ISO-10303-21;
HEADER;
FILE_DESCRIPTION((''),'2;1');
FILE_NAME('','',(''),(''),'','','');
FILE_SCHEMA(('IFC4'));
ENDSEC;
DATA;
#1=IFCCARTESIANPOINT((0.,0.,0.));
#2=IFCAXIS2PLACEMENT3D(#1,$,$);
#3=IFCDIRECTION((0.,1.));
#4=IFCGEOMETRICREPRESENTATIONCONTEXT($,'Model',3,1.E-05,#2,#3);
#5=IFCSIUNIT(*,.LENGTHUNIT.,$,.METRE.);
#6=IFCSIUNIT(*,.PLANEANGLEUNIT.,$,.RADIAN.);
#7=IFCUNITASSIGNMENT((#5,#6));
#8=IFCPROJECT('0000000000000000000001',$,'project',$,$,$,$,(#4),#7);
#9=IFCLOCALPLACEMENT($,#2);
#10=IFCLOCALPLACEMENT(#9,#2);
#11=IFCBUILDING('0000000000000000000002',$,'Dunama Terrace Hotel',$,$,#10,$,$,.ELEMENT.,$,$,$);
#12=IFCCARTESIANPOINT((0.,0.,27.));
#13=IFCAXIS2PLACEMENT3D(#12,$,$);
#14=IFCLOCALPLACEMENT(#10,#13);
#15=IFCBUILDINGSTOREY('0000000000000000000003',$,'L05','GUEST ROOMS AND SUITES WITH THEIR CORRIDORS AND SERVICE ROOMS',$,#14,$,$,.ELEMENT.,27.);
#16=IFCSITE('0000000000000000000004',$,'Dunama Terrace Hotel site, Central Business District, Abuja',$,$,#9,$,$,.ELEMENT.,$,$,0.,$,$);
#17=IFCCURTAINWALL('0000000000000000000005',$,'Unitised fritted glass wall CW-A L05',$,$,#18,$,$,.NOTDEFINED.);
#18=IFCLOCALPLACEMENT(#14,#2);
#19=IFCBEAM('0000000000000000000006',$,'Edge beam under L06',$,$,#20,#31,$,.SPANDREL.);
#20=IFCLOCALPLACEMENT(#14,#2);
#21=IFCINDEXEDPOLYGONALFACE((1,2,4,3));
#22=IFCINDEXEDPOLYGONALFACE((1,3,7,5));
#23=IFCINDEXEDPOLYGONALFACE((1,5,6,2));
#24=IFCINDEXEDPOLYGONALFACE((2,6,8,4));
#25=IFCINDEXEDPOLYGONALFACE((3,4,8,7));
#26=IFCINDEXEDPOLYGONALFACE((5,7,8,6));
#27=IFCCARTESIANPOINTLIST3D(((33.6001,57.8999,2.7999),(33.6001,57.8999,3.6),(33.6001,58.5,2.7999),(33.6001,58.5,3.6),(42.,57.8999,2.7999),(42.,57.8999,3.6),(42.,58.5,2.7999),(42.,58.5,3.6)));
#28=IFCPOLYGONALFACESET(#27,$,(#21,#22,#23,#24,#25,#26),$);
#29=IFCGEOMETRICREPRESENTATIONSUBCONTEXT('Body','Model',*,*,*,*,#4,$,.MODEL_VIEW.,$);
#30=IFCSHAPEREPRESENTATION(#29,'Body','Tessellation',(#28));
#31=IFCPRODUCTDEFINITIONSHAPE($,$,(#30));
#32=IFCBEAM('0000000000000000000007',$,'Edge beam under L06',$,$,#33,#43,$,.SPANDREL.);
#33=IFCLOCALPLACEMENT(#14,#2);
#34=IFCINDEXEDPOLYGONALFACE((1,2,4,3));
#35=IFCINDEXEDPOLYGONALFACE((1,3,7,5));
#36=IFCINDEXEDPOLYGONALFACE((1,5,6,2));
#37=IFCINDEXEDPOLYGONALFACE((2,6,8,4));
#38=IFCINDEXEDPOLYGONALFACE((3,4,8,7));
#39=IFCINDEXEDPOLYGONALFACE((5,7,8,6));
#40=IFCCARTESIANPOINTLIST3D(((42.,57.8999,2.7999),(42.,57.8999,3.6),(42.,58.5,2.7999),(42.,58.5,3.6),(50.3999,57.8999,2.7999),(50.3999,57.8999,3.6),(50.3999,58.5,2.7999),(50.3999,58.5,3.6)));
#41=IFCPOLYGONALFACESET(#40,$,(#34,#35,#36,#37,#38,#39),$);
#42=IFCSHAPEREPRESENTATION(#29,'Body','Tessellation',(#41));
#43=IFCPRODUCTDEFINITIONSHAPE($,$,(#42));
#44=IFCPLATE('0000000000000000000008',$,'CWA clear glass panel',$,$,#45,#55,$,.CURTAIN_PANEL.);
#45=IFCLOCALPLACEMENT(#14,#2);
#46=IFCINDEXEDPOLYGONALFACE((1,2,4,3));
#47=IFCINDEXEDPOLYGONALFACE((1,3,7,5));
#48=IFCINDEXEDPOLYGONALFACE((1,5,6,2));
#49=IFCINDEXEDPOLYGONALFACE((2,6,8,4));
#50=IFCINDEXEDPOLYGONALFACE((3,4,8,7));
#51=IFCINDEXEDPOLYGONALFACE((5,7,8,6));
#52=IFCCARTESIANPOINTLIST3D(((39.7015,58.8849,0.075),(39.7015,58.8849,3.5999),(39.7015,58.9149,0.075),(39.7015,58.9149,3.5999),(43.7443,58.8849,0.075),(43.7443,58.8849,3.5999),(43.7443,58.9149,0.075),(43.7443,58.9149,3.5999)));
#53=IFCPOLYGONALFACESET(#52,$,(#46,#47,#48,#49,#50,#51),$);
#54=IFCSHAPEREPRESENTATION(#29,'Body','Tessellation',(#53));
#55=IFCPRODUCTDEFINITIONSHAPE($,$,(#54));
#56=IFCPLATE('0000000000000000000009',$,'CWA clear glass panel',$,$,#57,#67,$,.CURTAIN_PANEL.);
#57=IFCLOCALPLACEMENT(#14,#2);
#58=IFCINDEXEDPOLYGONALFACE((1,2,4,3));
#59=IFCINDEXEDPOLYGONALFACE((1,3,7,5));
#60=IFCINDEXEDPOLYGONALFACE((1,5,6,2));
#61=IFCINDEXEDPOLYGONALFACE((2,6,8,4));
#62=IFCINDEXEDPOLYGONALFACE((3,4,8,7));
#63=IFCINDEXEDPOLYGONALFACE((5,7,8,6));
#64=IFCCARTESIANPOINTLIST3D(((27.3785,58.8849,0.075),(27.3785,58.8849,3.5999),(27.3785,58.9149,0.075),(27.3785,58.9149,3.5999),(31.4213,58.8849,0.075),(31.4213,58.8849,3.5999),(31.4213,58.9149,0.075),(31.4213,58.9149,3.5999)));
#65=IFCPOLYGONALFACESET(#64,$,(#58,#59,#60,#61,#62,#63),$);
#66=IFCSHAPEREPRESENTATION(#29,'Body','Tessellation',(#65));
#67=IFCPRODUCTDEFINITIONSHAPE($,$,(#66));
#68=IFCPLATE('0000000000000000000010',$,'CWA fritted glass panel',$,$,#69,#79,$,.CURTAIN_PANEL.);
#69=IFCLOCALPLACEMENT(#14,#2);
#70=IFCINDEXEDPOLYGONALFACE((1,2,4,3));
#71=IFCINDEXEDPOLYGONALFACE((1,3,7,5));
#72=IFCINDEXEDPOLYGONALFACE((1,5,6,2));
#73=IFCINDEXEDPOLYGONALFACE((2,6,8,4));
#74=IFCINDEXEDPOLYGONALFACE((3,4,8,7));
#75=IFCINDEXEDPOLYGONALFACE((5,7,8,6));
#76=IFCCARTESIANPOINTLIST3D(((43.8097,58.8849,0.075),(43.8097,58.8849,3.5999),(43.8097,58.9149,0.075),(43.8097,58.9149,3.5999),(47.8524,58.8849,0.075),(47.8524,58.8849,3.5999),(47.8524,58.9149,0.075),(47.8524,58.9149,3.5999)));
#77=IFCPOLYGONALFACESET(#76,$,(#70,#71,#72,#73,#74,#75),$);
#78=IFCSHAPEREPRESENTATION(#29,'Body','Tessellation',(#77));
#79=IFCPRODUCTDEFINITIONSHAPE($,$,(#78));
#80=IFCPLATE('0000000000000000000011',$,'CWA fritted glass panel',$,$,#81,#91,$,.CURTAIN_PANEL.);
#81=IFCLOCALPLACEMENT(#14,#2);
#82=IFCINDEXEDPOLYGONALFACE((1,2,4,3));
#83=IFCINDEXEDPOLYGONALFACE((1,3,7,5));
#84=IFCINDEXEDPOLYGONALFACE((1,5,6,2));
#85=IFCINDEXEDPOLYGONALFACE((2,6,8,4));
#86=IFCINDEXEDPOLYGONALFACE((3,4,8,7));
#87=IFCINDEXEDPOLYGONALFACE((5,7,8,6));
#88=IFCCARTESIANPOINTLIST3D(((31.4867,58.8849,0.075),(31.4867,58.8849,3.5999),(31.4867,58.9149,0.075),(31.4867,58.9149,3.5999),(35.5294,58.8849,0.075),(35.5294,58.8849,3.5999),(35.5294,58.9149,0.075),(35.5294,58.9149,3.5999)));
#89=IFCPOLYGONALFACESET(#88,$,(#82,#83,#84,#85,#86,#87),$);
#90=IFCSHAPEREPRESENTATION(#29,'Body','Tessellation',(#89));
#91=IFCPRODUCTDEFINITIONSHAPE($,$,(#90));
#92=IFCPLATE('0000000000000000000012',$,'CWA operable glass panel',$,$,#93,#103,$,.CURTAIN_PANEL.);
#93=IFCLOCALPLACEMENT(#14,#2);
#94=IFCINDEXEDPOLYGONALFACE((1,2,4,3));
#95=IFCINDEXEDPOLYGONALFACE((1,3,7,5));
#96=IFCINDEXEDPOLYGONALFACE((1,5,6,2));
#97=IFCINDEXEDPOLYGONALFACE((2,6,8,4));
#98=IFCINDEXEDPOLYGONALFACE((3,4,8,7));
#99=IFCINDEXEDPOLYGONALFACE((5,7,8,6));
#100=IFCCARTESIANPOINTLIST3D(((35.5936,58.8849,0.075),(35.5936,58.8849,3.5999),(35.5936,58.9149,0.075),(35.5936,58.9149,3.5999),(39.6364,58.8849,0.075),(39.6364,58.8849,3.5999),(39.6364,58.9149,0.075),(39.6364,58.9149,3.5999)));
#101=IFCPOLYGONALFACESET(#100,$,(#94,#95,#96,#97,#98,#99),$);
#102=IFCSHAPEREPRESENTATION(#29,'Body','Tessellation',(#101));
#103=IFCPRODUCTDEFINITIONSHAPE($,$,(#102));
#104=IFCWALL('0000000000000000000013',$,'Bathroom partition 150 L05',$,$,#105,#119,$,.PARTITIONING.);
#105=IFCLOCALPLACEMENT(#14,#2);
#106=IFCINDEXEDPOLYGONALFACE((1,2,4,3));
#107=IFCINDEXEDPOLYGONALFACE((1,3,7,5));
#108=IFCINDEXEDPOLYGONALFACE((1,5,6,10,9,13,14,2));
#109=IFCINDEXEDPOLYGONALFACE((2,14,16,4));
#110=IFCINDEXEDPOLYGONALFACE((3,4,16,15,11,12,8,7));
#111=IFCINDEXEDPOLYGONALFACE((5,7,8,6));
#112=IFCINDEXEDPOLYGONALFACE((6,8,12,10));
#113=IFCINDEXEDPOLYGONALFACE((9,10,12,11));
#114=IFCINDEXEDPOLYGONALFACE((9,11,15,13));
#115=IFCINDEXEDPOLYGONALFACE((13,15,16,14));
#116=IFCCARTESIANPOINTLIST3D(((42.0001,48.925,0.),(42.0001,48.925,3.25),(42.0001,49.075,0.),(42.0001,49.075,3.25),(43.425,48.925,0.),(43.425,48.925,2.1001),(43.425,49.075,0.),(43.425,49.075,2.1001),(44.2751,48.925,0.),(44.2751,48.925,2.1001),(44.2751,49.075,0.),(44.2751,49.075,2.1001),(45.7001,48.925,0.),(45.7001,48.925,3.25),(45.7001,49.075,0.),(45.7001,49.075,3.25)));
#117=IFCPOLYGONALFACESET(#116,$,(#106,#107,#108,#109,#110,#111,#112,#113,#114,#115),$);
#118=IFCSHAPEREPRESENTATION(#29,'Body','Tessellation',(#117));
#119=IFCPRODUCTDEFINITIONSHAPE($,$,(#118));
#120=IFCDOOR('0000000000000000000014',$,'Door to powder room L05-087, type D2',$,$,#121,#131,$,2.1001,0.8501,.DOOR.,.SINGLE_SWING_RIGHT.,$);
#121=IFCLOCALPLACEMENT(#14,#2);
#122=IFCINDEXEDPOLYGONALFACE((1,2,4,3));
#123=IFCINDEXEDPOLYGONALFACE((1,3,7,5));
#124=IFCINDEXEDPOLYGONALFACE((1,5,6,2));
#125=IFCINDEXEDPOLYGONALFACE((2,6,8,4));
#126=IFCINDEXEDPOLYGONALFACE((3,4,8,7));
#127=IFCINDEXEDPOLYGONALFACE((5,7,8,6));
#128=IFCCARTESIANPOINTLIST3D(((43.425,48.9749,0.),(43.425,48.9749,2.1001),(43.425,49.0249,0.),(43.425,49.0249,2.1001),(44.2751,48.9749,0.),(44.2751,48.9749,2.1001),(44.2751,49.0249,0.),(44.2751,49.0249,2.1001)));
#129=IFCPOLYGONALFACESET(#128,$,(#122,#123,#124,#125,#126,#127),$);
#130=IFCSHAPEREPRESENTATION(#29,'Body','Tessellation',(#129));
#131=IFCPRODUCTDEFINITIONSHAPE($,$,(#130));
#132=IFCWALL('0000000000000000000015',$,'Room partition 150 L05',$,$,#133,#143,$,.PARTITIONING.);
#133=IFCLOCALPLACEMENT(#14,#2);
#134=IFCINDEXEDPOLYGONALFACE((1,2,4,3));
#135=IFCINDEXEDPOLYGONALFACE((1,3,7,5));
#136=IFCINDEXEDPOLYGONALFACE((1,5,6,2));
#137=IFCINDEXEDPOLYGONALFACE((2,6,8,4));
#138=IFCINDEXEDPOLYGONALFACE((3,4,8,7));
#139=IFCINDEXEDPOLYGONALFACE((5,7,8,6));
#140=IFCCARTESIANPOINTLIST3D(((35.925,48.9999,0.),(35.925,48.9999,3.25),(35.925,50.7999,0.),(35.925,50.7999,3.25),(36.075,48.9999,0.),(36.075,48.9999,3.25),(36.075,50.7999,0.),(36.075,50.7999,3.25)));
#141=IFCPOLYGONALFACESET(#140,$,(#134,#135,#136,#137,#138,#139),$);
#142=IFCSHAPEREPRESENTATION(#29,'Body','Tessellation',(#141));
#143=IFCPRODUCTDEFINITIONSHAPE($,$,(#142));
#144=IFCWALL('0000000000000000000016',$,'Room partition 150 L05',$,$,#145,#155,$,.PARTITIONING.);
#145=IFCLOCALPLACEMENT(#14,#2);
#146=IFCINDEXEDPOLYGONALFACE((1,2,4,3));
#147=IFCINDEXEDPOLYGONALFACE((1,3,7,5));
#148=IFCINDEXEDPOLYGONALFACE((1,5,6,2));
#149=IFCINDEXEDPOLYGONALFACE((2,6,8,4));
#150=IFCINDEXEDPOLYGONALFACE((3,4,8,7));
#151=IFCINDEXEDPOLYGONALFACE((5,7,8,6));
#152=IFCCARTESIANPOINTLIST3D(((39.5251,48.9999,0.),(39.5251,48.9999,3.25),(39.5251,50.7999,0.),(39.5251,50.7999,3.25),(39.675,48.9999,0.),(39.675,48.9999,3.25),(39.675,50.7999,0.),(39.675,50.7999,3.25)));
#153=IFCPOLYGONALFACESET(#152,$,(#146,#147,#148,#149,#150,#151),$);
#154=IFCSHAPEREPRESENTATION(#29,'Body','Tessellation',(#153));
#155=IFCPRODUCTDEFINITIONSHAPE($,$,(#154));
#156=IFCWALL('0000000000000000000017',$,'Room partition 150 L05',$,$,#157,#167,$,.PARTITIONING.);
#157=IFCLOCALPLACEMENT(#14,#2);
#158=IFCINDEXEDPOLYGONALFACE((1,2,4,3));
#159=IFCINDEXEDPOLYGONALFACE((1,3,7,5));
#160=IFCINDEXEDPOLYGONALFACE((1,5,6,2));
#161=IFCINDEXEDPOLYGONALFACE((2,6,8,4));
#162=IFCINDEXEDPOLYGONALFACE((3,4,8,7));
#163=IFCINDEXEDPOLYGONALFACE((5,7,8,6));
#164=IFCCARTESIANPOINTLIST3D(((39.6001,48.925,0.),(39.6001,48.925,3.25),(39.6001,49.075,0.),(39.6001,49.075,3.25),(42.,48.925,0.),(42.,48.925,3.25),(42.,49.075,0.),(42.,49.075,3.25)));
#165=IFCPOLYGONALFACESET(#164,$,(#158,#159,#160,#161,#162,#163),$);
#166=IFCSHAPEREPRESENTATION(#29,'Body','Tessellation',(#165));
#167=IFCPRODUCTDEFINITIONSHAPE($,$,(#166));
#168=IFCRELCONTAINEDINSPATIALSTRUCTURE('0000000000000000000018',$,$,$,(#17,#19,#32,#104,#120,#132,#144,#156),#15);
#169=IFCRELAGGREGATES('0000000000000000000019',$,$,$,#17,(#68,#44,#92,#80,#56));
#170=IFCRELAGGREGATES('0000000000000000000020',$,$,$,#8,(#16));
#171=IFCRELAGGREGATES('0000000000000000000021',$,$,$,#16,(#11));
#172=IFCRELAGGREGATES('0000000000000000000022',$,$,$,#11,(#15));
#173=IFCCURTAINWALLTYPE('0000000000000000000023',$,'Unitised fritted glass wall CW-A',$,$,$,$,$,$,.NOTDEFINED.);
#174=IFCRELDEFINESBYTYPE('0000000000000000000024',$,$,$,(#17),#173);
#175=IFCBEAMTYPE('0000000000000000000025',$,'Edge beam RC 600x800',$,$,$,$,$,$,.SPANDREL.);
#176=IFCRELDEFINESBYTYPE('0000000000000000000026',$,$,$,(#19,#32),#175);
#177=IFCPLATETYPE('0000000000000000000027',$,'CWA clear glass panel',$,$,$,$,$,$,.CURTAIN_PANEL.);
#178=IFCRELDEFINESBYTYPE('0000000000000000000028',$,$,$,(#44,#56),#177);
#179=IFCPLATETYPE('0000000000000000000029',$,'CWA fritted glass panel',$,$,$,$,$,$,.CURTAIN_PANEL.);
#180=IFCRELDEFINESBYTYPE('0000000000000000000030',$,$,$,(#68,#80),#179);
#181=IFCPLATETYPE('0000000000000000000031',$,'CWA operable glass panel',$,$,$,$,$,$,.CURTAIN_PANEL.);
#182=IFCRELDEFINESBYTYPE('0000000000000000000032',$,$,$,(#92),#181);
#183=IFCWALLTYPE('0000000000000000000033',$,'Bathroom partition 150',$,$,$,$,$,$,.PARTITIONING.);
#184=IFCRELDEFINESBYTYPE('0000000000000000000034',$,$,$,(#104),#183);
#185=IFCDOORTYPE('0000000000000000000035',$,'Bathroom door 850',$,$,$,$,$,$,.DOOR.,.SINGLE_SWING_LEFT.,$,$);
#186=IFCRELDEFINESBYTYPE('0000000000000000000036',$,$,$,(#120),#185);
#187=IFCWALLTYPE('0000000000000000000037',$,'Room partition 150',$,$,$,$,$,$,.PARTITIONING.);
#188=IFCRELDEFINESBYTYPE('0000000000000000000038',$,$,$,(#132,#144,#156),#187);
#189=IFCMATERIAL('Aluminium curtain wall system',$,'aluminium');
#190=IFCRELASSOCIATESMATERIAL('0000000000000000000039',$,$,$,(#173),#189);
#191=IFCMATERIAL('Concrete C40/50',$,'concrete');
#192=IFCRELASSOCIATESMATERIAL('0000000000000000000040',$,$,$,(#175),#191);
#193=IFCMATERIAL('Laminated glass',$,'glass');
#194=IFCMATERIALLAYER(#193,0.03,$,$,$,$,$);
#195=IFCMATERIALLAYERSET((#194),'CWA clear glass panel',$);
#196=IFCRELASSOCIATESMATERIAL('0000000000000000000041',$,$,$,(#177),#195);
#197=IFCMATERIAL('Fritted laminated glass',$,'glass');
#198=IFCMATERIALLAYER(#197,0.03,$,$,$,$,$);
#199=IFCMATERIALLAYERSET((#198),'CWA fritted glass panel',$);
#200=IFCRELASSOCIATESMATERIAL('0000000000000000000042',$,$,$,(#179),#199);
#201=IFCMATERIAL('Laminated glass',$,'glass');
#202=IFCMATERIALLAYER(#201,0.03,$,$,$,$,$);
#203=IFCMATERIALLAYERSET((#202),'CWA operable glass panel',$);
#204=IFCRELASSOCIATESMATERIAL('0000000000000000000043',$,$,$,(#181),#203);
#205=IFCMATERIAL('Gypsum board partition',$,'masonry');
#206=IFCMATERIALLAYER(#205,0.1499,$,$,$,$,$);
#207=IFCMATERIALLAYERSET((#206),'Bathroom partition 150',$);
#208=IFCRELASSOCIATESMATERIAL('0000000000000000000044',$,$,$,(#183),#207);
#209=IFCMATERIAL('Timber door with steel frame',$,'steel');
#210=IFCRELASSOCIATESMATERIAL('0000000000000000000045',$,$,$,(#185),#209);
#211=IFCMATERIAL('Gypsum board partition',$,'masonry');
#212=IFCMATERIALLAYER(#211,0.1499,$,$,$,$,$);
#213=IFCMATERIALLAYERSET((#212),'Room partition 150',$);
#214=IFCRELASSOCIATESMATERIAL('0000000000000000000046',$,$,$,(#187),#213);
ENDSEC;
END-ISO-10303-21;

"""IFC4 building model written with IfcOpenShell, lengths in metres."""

from ifc_helpers import new_model, si_unit, direction, frame, frame_2d, origin, origin_2d, place, context, subcontext, project, spatial, rectangle, extrude, material, layer, layer_set, material_profile, profile_set, type_object, element, fill, aggregate, save


model = new_model("IFC4")

# Units and contexts
model_context = context("Model", 3, precision=1e-05, world=origin(), true_north=direction((0.0, 1.0)))
body_context = subcontext(model_context, "Body", "Model", "MODEL_VIEW")
ifc_project = project(units=[si_unit("LENGTHUNIT", "METRE"), si_unit("PLANEANGLEUNIT", "RADIAN")], contexts=[model_context])

# Site, building, storey
site_placement = place(None, origin())
site = spatial("IfcSite", under=ifc_project, at=site_placement, Name="Dunama Terrace Hotel site, Central Business District, Abuja", CompositionType="ELEMENT", RefElevation=0.0)
building_placement = place(site_placement, origin())
building = spatial("IfcBuilding", under=site, at=building_placement, Name="Dunama Terrace Hotel", CompositionType="ELEMENT")
storey_placement = place(building_placement, frame((0.0, 0.0, 27.0)))
storey = spatial("IfcBuildingStorey", under=building, at=storey_placement, Name="L05", Description="GUEST ROOMS AND SUITES WITH THEIR CORRIDORS AND SERVICE ROOMS", CompositionType="ELEMENT", Elevation=27.0)

# Curtain wall
ifc_material_1 = material(Name="Aluminium curtain wall system", Category="aluminium")
curtain_wall_type = type_object("IfcCurtainWallType", Name="Unitised fritted glass wall CW-A", PredefinedType="NOTDEFINED", material=ifc_material_1)
curtain_wall_placement = place(storey_placement, origin())
curtain_wall = element("IfcCurtainWall", 1, at=curtain_wall_placement, inside=storey, type_object=curtain_wall_type, Name="Unitised fritted glass wall CW-A L05", PredefinedType="NOTDEFINED")

# Beams
ifc_material_2 = material(Name="Concrete C40/50", Category="concrete")
ifc_material_profile_1 = material_profile(ifc_material_2, rectangle(XDim=0.6001, YDim=0.8, at=origin_2d()), Name="RC 600x800")
ifc_profile_set_1 = profile_set([ifc_material_profile_1], Name="Concrete C40/50")
beam_type = type_object("IfcBeamType", Name="Edge beam RC 600x800", PredefinedType="SPANDREL", material=ifc_profile_set_1)
for number, where, z_axis, x_axis, name in (
    (2, (33.6001, 58.2, 3.2), (1.0, 0.0, 0.0), (0.0, 1.0, 0.0), "Edge beam under L06"),
    (3, (42.0, 58.2, 3.2), (1.0, 0.0, 0.0), (0.0, 1.0, 0.0), "Edge beam under L06"),
):
    element("IfcBeam", number, at=place(storey_placement, frame(where, z_axis=z_axis, x_axis=x_axis)), inside=storey, type_object=beam_type, Name=name, PredefinedType="SPANDREL", context=body_context, shape_type="SweptSolid", body=[
        extrude(rectangle(XDim=0.6001, YDim=0.8, at=origin_2d()), origin(), (0.0, 0.0, 1.0), 8.3999),
    ])

# Plates
ifc_material_3 = material(Name="Laminated glass", Category="glass")
ifc_layer_1 = layer(ifc_material_3, 0.03)
ifc_layer_set_1 = layer_set([ifc_layer_1], Name="CWA clear glass panel")
plate_type_1 = type_object("IfcPlateType", Name="CWA clear glass panel", PredefinedType="CURTAIN_PANEL", material=ifc_layer_set_1)
plate_1_placement = place(storey_placement, frame((41.7229, 58.8999, 0.075), z_axis=(0.0, 0.0, 1.0), x_axis=(-1.0, 0.0, 0.0)))
plate_1 = element("IfcPlate", 4, at=plate_1_placement, type_object=plate_type_1, Name="CWA clear glass panel", PredefinedType="CURTAIN_PANEL", context=body_context, shape_type="SweptSolid", body=[
    extrude(rectangle(XDim=4.0427, YDim=0.03, at=origin_2d()), origin(), (0.0, 0.0, 1.0), 3.5249),
])
plate_2_placement = place(storey_placement, frame((29.3999, 58.8999, 0.075), z_axis=(0.0, 0.0, 1.0), x_axis=(-1.0, 0.0, 0.0)))
plate_2 = element("IfcPlate", 5, at=plate_2_placement, type_object=plate_type_1, Name="CWA clear glass panel", PredefinedType="CURTAIN_PANEL", context=body_context, shape_type="SweptSolid", body=[
    extrude(rectangle(XDim=4.0427, YDim=0.03, at=origin_2d()), origin(), (0.0, 0.0, 1.0), 3.5249),
])
ifc_material_4 = material(Name="Fritted laminated glass", Category="glass")
ifc_layer_2 = layer(ifc_material_4, 0.03)
ifc_layer_set_2 = layer_set([ifc_layer_2], Name="CWA fritted glass panel")
plate_type_2 = type_object("IfcPlateType", Name="CWA fritted glass panel", PredefinedType="CURTAIN_PANEL", material=ifc_layer_set_2)
plate_3_placement = place(storey_placement, frame((45.8311, 58.8999, 0.075), z_axis=(0.0, 0.0, 1.0), x_axis=(-1.0, 0.0, 0.0)))
plate_3 = element("IfcPlate", 6, at=plate_3_placement, type_object=plate_type_2, Name="CWA fritted glass panel", PredefinedType="CURTAIN_PANEL", context=body_context, shape_type="SweptSolid", body=[
    extrude(rectangle(XDim=4.0427, YDim=0.03, at=origin_2d()), origin(), (0.0, 0.0, 1.0), 3.5249),
])
plate_4_placement = place(storey_placement, frame((33.5081, 58.8999, 0.075), z_axis=(0.0, 0.0, 1.0), x_axis=(-1.0, 0.0, 0.0)))
plate_4 = element("IfcPlate", 7, at=plate_4_placement, type_object=plate_type_2, Name="CWA fritted glass panel", PredefinedType="CURTAIN_PANEL", context=body_context, shape_type="SweptSolid", body=[
    extrude(rectangle(XDim=4.0427, YDim=0.03, at=origin_2d()), origin(), (0.0, 0.0, 1.0), 3.5249),
])
ifc_material_5 = material(Name="Laminated glass", Category="glass")
ifc_layer_3 = layer(ifc_material_5, 0.03)
ifc_layer_set_3 = layer_set([ifc_layer_3], Name="CWA operable glass panel")
plate_type_3 = type_object("IfcPlateType", Name="CWA operable glass panel", PredefinedType="CURTAIN_PANEL", material=ifc_layer_set_3)
plate_5_placement = place(storey_placement, frame((37.615, 58.8999, 0.075), z_axis=(0.0, 0.0, 1.0), x_axis=(-1.0, 0.0, 0.0)))
plate_5 = element("IfcPlate", 8, at=plate_5_placement, type_object=plate_type_3, Name="CWA operable glass panel", PredefinedType="CURTAIN_PANEL", context=body_context, shape_type="SweptSolid", body=[
    extrude(rectangle(XDim=4.0427, YDim=0.03, at=origin_2d()), origin(), (0.0, 0.0, 1.0), 3.5249),
])
aggregate(curtain_wall, [plate_3, plate_1, plate_5, plate_4, plate_2])

# Wall, opening, door
ifc_material_6 = material(Name="Gypsum board partition", Category="masonry")
ifc_layer_4 = layer(ifc_material_6, 0.1499)
ifc_layer_set_4 = layer_set([ifc_layer_4], Name="Bathroom partition 150")
wall_type_1 = type_object("IfcWallType", Name="Bathroom partition 150", PredefinedType="PARTITIONING", material=ifc_layer_set_4)
wall_1_placement = place(storey_placement, frame((42.0, 49.0, 0.0), z_axis=(0.0, 0.0, 1.0), x_axis=(1.0, 0.0, 0.0)))
wall_1 = element("IfcWall", 9, at=wall_1_placement, inside=storey, type_object=wall_type_1, Name="Bathroom partition 150 L05", PredefinedType="PARTITIONING", context=body_context, shape_type="SweptSolid", body=[
    extrude(rectangle(XDim=3.7, YDim=0.1499, at=frame_2d((1.8501, 0.0))), origin(), (0.0, 0.0, 1.0), 3.25),
])
opening_1_placement = place(wall_1_placement, frame((1.425, 0.0, 0.0)))
opening_1 = element("IfcOpeningElement", 10, at=opening_1_placement, cuts=wall_1, PredefinedType="OPENING", context=body_context, shape_type="SweptSolid", body=[
    extrude(rectangle(XDim=0.8501, YDim=2.1001, at=frame_2d((0.425, 1.05))), frame((0.0, 0.085, 0.0), z_axis=(0.0, -1.0, 0.0), x_axis=(1.0, 0.0, 0.0)), (0.0, 0.0, 1.0), 0.1699),
])
ifc_material_7 = material(Name="Timber door with steel frame", Category="steel")
door_type_1 = type_object("IfcDoorType", Name="Bathroom door 850", OperationType="SINGLE_SWING_LEFT", PredefinedType="DOOR", material=ifc_material_7)
door_1_placement = place(opening_1_placement, frame((0.8501, 0.0, 0.0), z_axis=(0.0, 0.0, 1.0), x_axis=(-1.0, 0.0, 0.0)))
door_1 = element("IfcDoor", 11, at=door_1_placement, inside=storey, type_object=door_type_1, Name="Door to powder room L05-087, type D2", OperationType="SINGLE_SWING_RIGHT", OverallHeight=2.1001, OverallWidth=0.8501, PredefinedType="DOOR", context=body_context, shape_type="SweptSolid", body=[
    extrude(rectangle(XDim=0.8501, YDim=2.1001, at=frame_2d((0.425, 1.05))), frame((0.0, 0.0251, 0.0), z_axis=(0.0, -1.0, 0.0), x_axis=(1.0, 0.0, 0.0)), (0.0, 0.0, 1.0), 0.05),
])
fill(opening_1, door_1)

# Walls
ifc_material_8 = material(Name="Gypsum board partition", Category="masonry")
ifc_layer_5 = layer(ifc_material_8, 0.1499)
ifc_layer_set_5 = layer_set([ifc_layer_5], Name="Room partition 150")
wall_type_2 = type_object("IfcWallType", Name="Room partition 150", PredefinedType="PARTITIONING", material=ifc_layer_set_5)
for number, where, z_axis, x_axis, name in (
    (12, (36.0, 49.0, 0.0), (0.0, 0.0, 1.0), (0.0, 1.0, 0.0), "Room partition 150 L05"),
    (13, (39.6001, 49.0, 0.0), (0.0, 0.0, 1.0), (0.0, 1.0, 0.0), "Room partition 150 L05"),
):
    element("IfcWall", number, at=place(storey_placement, frame(where, z_axis=z_axis, x_axis=x_axis)), inside=storey, type_object=wall_type_2, Name=name, PredefinedType="PARTITIONING", context=body_context, shape_type="SweptSolid", body=[
        extrude(rectangle(XDim=1.8, YDim=0.1499, at=frame_2d((0.8999, 0.0))), origin(), (0.0, 0.0, 1.0), 3.25),
    ])
wall_2_placement = place(storey_placement, frame((39.6001, 49.0, 0.0), z_axis=(0.0, 0.0, 1.0), x_axis=(1.0, 0.0, 0.0)))
element("IfcWall", 14, at=wall_2_placement, inside=storey, type_object=wall_type_2, Name="Room partition 150 L05", PredefinedType="PARTITIONING", context=body_context, shape_type="SweptSolid", body=[
    extrude(rectangle(XDim=2.3999, YDim=0.1499, at=frame_2d((1.2, 0.0))), origin(), (0.0, 0.0, 1.0), 3.25),
])

save(model, "model.ifc")
